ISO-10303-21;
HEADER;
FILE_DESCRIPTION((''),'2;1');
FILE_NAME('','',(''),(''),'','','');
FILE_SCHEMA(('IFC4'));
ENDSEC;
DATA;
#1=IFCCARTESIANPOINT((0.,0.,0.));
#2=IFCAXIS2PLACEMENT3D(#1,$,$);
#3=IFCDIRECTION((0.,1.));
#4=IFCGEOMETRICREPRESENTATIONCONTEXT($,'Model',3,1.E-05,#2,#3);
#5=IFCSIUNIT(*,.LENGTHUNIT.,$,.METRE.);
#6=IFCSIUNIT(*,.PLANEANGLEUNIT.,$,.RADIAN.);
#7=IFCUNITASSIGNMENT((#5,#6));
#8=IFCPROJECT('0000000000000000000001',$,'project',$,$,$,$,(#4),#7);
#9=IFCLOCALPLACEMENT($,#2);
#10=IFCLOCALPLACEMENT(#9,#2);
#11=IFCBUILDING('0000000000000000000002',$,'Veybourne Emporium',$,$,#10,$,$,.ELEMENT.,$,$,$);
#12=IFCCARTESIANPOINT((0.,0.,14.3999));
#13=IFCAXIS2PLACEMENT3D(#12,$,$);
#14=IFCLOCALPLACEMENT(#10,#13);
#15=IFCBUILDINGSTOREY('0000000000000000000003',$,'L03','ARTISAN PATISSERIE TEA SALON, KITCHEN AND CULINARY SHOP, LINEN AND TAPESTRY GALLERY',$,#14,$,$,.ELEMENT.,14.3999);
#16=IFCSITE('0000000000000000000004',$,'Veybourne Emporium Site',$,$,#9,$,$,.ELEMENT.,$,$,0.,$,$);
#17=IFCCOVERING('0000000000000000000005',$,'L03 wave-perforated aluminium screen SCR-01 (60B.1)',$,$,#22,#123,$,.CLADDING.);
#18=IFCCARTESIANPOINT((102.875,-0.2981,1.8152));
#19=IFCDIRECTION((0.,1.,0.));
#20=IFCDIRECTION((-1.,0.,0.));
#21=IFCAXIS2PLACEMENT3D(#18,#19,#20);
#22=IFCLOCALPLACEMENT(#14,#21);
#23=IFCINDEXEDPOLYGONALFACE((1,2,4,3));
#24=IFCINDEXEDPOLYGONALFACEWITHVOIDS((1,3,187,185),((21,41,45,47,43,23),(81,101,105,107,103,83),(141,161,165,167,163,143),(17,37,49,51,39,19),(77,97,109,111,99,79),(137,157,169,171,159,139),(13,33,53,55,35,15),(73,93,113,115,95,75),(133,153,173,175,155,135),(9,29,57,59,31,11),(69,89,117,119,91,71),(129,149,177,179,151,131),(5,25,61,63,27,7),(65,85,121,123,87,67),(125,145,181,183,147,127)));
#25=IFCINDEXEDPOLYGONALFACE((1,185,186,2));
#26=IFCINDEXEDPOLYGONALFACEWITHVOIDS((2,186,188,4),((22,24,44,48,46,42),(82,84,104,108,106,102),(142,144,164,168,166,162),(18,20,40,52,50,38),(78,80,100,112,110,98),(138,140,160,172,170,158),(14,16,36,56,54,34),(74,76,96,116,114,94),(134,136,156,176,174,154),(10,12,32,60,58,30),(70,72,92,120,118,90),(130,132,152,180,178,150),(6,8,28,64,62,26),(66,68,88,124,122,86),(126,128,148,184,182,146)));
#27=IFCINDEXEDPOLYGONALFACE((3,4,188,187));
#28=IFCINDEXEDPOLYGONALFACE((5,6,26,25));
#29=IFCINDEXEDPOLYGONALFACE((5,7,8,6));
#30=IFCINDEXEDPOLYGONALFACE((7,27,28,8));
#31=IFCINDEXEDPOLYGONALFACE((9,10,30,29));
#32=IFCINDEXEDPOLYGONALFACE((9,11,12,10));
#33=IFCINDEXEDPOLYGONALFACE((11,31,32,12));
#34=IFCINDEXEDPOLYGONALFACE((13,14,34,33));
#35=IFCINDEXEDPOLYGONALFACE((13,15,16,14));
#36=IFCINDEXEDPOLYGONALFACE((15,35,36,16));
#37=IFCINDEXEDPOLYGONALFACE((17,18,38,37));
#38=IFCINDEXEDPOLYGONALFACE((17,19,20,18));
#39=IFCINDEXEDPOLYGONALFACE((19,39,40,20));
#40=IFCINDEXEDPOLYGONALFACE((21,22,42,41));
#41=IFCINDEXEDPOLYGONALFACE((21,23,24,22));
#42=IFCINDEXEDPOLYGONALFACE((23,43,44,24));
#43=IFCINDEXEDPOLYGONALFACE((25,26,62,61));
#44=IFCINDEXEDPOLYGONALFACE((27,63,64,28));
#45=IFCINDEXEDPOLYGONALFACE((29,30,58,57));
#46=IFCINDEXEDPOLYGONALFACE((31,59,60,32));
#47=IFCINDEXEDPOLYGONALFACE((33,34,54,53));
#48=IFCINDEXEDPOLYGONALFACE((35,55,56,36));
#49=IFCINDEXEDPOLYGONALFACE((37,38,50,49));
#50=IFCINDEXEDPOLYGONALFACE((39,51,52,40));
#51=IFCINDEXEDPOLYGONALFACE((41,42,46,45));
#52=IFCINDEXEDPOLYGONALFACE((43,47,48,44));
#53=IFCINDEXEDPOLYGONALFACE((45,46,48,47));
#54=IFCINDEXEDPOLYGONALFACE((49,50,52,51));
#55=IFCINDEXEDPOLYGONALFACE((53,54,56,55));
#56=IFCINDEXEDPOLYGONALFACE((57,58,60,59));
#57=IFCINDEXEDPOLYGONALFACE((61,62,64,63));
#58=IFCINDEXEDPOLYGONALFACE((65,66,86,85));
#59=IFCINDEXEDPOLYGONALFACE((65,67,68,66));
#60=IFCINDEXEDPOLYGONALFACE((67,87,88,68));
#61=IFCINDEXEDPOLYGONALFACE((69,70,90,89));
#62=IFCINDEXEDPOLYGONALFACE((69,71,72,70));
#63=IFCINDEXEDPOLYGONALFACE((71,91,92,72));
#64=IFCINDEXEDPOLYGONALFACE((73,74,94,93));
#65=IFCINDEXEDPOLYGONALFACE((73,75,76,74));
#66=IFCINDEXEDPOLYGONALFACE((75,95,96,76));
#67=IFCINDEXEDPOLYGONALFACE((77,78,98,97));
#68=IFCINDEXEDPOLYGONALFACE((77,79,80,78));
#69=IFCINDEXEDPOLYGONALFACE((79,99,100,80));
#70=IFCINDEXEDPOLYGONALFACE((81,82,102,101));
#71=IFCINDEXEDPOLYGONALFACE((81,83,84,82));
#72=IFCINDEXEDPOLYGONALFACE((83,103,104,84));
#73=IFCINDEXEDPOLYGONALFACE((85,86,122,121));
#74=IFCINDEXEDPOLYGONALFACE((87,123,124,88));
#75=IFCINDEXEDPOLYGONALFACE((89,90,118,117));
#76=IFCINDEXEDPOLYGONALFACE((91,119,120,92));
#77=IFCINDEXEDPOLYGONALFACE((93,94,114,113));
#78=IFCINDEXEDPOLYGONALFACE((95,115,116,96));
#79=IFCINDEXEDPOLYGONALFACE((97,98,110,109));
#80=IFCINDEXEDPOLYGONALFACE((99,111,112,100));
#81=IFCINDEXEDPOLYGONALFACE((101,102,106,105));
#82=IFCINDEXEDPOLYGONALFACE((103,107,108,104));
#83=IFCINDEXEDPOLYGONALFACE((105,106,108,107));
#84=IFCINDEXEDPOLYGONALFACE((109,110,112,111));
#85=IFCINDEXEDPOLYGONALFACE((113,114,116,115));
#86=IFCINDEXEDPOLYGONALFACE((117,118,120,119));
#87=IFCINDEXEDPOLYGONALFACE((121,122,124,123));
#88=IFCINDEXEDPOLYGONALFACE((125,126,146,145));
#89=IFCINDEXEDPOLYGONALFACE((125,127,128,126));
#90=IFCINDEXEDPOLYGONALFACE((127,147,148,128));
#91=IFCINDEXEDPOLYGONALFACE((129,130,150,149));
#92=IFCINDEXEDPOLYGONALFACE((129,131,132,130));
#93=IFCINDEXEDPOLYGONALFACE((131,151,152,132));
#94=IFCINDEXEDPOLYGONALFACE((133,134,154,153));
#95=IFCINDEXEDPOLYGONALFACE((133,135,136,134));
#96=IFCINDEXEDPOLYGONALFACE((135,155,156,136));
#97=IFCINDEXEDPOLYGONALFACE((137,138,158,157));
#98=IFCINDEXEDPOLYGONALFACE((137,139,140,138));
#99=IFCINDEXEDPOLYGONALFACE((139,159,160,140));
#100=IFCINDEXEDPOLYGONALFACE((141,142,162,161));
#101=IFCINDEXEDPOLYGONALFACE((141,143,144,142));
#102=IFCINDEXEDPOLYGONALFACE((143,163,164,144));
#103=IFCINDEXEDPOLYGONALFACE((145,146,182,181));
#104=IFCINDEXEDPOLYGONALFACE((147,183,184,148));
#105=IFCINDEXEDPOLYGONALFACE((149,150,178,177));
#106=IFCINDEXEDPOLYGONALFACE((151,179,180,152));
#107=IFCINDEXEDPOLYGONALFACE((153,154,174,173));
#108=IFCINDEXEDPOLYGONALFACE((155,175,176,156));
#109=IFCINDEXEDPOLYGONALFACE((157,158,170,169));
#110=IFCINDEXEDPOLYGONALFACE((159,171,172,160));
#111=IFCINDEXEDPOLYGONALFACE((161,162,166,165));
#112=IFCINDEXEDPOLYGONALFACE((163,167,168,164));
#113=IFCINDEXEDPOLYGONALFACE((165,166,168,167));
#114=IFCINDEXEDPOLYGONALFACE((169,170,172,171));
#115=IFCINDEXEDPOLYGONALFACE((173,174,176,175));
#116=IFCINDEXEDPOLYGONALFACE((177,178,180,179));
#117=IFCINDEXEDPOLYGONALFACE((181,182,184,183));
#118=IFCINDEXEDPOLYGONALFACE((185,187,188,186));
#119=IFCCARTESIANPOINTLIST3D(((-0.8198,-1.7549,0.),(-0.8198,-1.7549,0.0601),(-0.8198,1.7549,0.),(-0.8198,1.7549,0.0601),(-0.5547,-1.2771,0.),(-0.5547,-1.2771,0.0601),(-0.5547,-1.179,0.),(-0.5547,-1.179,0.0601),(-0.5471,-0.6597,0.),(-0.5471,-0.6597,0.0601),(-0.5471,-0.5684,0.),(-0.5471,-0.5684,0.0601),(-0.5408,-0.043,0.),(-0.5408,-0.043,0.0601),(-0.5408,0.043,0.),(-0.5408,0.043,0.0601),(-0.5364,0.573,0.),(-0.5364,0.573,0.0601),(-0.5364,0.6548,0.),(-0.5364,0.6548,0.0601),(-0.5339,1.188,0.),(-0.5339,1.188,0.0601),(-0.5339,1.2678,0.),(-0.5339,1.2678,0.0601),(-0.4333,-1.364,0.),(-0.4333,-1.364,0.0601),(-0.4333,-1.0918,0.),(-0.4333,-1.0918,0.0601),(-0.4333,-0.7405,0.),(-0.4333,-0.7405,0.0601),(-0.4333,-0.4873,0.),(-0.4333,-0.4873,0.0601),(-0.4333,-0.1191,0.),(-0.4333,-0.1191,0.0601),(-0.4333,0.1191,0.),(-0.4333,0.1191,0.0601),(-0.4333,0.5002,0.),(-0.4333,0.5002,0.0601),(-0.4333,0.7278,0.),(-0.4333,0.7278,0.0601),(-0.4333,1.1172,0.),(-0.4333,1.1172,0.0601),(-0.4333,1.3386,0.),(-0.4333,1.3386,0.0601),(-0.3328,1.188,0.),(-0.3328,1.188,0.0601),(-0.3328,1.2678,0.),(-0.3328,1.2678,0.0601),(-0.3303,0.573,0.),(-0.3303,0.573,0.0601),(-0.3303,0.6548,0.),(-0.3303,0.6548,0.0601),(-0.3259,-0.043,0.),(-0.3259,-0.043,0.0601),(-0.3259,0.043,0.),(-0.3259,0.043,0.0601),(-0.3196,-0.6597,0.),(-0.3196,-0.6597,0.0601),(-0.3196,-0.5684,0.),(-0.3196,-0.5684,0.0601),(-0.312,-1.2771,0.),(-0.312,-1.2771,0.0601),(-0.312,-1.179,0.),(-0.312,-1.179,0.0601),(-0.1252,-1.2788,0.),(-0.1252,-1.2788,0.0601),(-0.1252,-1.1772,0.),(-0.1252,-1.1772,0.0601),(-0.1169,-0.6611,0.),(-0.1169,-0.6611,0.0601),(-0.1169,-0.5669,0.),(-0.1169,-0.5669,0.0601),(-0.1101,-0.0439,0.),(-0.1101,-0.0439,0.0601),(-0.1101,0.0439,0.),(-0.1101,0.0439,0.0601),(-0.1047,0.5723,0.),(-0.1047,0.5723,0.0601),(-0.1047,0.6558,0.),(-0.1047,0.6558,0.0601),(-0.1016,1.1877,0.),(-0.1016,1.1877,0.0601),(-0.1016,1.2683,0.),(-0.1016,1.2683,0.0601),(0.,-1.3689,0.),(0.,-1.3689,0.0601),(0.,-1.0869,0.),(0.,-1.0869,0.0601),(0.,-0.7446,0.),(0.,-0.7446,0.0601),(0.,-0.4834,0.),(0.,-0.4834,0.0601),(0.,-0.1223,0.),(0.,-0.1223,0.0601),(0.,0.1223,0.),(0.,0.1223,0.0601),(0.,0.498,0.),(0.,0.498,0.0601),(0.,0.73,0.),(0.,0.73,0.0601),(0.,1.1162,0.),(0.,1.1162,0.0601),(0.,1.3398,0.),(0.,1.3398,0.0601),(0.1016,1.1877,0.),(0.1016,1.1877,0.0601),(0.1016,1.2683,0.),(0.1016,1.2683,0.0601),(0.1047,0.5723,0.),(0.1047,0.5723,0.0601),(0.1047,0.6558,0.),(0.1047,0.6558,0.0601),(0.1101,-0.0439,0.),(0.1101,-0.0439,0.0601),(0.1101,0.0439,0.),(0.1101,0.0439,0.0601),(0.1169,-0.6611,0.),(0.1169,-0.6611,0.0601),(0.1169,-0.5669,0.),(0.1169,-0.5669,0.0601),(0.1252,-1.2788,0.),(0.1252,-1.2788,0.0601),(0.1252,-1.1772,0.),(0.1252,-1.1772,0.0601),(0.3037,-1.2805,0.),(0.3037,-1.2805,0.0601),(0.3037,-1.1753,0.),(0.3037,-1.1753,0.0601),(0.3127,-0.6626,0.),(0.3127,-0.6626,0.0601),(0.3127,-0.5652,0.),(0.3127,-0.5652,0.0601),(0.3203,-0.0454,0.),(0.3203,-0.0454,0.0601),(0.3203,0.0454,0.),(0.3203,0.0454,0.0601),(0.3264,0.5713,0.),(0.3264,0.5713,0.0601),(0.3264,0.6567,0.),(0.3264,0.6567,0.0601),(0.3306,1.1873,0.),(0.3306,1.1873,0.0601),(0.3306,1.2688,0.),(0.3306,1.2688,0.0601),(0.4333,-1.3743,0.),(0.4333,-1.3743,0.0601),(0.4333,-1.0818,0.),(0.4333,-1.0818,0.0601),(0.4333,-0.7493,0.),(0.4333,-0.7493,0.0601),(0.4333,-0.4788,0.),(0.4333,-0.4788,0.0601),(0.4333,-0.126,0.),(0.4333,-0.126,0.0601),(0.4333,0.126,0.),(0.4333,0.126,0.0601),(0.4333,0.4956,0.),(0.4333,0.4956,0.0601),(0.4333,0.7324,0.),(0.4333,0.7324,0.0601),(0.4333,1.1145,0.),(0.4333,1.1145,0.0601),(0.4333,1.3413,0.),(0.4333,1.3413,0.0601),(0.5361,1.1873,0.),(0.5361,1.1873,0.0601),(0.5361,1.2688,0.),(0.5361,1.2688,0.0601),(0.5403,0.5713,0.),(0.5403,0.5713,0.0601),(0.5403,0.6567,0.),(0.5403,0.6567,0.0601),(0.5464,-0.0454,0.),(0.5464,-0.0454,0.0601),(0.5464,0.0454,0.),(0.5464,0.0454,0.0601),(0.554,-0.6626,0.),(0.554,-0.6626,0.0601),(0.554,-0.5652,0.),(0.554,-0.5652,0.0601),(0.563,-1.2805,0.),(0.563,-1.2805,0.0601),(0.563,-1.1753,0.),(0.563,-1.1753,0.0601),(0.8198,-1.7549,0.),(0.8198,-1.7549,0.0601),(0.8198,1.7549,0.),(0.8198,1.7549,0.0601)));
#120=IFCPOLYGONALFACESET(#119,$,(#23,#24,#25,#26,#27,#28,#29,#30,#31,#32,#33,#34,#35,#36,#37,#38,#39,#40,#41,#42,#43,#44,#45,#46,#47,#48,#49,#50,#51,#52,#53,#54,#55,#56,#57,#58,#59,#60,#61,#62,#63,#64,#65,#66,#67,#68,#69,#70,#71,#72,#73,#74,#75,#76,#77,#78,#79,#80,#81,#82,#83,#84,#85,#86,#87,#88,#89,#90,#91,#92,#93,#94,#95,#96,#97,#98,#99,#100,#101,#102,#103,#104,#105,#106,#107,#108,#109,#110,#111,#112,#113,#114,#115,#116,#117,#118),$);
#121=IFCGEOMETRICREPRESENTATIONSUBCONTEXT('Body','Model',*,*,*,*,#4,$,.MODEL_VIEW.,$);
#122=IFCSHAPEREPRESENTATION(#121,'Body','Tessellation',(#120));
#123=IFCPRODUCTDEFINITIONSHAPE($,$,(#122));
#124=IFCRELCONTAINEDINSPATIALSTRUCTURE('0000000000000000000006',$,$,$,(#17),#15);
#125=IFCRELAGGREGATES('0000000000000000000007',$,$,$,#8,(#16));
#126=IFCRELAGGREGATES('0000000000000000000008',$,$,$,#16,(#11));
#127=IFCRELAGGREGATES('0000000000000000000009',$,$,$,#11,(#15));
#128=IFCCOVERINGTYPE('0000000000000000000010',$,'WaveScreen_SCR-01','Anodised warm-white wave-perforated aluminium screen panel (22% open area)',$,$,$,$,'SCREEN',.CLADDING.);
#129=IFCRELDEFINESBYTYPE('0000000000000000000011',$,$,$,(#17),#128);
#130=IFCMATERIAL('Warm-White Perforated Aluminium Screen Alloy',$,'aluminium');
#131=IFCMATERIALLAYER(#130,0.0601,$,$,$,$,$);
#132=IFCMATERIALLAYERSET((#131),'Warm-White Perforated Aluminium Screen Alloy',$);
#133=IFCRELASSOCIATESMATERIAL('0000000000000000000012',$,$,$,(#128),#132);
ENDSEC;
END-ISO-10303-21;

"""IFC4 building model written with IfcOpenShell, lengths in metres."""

from ifc_helpers import new_model, si_unit, direction, frame, origin, place, context, subcontext, project, spatial, polyline, outline, extrude, material, layer, layer_set, type_object, element, save


model = new_model("IFC4")

# Units and contexts
model_context = context("Model", 3, precision=1e-05, world=origin(), true_north=direction((0.0, 1.0)))
body_context = subcontext(model_context, "Body", "Model", "MODEL_VIEW")
ifc_project = project(units=[si_unit("LENGTHUNIT", "METRE"), si_unit("PLANEANGLEUNIT", "RADIAN")], contexts=[model_context])

# Site, building, storey
site_placement = place(None, origin())
site = spatial("IfcSite", under=ifc_project, at=site_placement, Name="Veybourne Emporium Site", CompositionType="ELEMENT", RefElevation=0.0)
building_placement = place(site_placement, origin())
building = spatial("IfcBuilding", under=site, at=building_placement, Name="Veybourne Emporium", CompositionType="ELEMENT")
storey_placement = place(building_placement, frame((0.0, 0.0, 14.3999)))
storey = spatial("IfcBuildingStorey", under=building, at=storey_placement, Name="L03", Description="ARTISAN PATISSERIE TEA SALON, KITCHEN AND CULINARY SHOP, LINEN AND TAPESTRY GALLERY", CompositionType="ELEMENT", Elevation=14.3999)

# Covering
ifc_material_1 = material(Name="Warm-White Perforated Aluminium Screen Alloy", Category="aluminium")
ifc_layer_1 = layer(ifc_material_1, 0.0601)
ifc_layer_set_1 = layer_set([ifc_layer_1], Name="Warm-White Perforated Aluminium Screen Alloy")
covering_type_1 = type_object("IfcCoveringType", Name="WaveScreen_SCR-01", Description="Anodised warm-white wave-perforated aluminium screen panel (22% open area)", ElementType="SCREEN", PredefinedType="CLADDING", material=ifc_layer_set_1)
covering_1_placement = place(storey_placement, frame((102.875, -0.2981, 1.8152), z_axis=(0.0, 1.0, 0.0), x_axis=(-1.0, 0.0, 0.0)))
element("IfcCovering", 1, at=covering_1_placement, inside=storey, type_object=covering_type_1, Name="L03 wave-perforated aluminium screen SCR-01 (60B.1)", PredefinedType="CLADDING", context=body_context, shape_type="SweptSolid", body=[
    extrude(outline(polyline([(-0.8198, -1.7549), (0.8198, -1.7549), (0.8198, 1.7549), (-0.8198, 1.7549), (-0.8198, -1.7549)]), holes=[polyline([(-0.4333, -1.0918), (-0.312, -1.179), (-0.312, -1.2771), (-0.4333, -1.364), (-0.5547, -1.2771), (-0.5547, -1.179), (-0.4333, -1.0918)]), polyline([(-0.4333, -0.4873), (-0.3196, -0.5684), (-0.3196, -0.6597), (-0.4333, -0.7405), (-0.5471, -0.6597), (-0.5471, -0.5684), (-0.4333, -0.4873)]), polyline([(-0.4333, 0.1191), (-0.3259, 0.043), (-0.3259, -0.043), (-0.4333, -0.1191), (-0.5408, -0.043), (-0.5408, 0.043), (-0.4333, 0.1191)]), polyline([(-0.4333, 0.7278), (-0.3303, 0.6548), (-0.3303, 0.573), (-0.4333, 0.5002), (-0.5364, 0.573), (-0.5364, 0.6548), (-0.4333, 0.7278)]), polyline([(-0.4333, 1.3386), (-0.3328, 1.2678), (-0.3328, 1.188), (-0.4333, 1.1172), (-0.5339, 1.188), (-0.5339, 1.2678), (-0.4333, 1.3386)]), polyline([(0.0, -1.0869), (0.1252, -1.1772), (0.1252, -1.2788), (0.0, -1.3689), (-0.1252, -1.2788), (-0.1252, -1.1772), (0.0, -1.0869)]), polyline([(0.0, -0.4834), (0.1169, -0.5669), (0.1169, -0.6611), (0.0, -0.7446), (-0.1169, -0.6611), (-0.1169, -0.5669), (0.0, -0.4834)]), polyline([(0.0, 0.1223), (0.1101, 0.0439), (0.1101, -0.0439), (0.0, -0.1223), (-0.1101, -0.0439), (-0.1101, 0.0439), (0.0, 0.1223)]), polyline([(0.0, 0.73), (0.1047, 0.6558), (0.1047, 0.5723), (0.0, 0.498), (-0.1047, 0.5723), (-0.1047, 0.6558), (0.0, 0.73)]), polyline([(0.0, 1.3398), (0.1016, 1.2683), (0.1016, 1.1877), (0.0, 1.1162), (-0.1016, 1.1877), (-0.1016, 1.2683), (0.0, 1.3398)]), polyline([(0.4333, -1.0818), (0.563, -1.1753), (0.563, -1.2805), (0.4333, -1.3743), (0.3037, -1.2805), (0.3037, -1.1753), (0.4333, -1.0818)]), polyline([(0.4333, -0.4788), (0.554, -0.5652), (0.554, -0.6626), (0.4333, -0.7493), (0.3127, -0.6626), (0.3127, -0.5652), (0.4333, -0.4788)]), polyline([(0.4333, 0.126), (0.5464, 0.0454), (0.5464, -0.0454), (0.4333, -0.126), (0.3203, -0.0454), (0.3203, 0.0454), (0.4333, 0.126)]), polyline([(0.4333, 0.7324), (0.5403, 0.6567), (0.5403, 0.5713), (0.4333, 0.4956), (0.3264, 0.5713), (0.3264, 0.6567), (0.4333, 0.7324)]), polyline([(0.4333, 1.3413), (0.5361, 1.2688), (0.5361, 1.1873), (0.4333, 1.1145), (0.3306, 1.1873), (0.3306, 1.2688), (0.4333, 1.3413)])]), origin(), (0.0, 0.0, 1.0), 0.0601),
])

save(model, "model.ifc")
